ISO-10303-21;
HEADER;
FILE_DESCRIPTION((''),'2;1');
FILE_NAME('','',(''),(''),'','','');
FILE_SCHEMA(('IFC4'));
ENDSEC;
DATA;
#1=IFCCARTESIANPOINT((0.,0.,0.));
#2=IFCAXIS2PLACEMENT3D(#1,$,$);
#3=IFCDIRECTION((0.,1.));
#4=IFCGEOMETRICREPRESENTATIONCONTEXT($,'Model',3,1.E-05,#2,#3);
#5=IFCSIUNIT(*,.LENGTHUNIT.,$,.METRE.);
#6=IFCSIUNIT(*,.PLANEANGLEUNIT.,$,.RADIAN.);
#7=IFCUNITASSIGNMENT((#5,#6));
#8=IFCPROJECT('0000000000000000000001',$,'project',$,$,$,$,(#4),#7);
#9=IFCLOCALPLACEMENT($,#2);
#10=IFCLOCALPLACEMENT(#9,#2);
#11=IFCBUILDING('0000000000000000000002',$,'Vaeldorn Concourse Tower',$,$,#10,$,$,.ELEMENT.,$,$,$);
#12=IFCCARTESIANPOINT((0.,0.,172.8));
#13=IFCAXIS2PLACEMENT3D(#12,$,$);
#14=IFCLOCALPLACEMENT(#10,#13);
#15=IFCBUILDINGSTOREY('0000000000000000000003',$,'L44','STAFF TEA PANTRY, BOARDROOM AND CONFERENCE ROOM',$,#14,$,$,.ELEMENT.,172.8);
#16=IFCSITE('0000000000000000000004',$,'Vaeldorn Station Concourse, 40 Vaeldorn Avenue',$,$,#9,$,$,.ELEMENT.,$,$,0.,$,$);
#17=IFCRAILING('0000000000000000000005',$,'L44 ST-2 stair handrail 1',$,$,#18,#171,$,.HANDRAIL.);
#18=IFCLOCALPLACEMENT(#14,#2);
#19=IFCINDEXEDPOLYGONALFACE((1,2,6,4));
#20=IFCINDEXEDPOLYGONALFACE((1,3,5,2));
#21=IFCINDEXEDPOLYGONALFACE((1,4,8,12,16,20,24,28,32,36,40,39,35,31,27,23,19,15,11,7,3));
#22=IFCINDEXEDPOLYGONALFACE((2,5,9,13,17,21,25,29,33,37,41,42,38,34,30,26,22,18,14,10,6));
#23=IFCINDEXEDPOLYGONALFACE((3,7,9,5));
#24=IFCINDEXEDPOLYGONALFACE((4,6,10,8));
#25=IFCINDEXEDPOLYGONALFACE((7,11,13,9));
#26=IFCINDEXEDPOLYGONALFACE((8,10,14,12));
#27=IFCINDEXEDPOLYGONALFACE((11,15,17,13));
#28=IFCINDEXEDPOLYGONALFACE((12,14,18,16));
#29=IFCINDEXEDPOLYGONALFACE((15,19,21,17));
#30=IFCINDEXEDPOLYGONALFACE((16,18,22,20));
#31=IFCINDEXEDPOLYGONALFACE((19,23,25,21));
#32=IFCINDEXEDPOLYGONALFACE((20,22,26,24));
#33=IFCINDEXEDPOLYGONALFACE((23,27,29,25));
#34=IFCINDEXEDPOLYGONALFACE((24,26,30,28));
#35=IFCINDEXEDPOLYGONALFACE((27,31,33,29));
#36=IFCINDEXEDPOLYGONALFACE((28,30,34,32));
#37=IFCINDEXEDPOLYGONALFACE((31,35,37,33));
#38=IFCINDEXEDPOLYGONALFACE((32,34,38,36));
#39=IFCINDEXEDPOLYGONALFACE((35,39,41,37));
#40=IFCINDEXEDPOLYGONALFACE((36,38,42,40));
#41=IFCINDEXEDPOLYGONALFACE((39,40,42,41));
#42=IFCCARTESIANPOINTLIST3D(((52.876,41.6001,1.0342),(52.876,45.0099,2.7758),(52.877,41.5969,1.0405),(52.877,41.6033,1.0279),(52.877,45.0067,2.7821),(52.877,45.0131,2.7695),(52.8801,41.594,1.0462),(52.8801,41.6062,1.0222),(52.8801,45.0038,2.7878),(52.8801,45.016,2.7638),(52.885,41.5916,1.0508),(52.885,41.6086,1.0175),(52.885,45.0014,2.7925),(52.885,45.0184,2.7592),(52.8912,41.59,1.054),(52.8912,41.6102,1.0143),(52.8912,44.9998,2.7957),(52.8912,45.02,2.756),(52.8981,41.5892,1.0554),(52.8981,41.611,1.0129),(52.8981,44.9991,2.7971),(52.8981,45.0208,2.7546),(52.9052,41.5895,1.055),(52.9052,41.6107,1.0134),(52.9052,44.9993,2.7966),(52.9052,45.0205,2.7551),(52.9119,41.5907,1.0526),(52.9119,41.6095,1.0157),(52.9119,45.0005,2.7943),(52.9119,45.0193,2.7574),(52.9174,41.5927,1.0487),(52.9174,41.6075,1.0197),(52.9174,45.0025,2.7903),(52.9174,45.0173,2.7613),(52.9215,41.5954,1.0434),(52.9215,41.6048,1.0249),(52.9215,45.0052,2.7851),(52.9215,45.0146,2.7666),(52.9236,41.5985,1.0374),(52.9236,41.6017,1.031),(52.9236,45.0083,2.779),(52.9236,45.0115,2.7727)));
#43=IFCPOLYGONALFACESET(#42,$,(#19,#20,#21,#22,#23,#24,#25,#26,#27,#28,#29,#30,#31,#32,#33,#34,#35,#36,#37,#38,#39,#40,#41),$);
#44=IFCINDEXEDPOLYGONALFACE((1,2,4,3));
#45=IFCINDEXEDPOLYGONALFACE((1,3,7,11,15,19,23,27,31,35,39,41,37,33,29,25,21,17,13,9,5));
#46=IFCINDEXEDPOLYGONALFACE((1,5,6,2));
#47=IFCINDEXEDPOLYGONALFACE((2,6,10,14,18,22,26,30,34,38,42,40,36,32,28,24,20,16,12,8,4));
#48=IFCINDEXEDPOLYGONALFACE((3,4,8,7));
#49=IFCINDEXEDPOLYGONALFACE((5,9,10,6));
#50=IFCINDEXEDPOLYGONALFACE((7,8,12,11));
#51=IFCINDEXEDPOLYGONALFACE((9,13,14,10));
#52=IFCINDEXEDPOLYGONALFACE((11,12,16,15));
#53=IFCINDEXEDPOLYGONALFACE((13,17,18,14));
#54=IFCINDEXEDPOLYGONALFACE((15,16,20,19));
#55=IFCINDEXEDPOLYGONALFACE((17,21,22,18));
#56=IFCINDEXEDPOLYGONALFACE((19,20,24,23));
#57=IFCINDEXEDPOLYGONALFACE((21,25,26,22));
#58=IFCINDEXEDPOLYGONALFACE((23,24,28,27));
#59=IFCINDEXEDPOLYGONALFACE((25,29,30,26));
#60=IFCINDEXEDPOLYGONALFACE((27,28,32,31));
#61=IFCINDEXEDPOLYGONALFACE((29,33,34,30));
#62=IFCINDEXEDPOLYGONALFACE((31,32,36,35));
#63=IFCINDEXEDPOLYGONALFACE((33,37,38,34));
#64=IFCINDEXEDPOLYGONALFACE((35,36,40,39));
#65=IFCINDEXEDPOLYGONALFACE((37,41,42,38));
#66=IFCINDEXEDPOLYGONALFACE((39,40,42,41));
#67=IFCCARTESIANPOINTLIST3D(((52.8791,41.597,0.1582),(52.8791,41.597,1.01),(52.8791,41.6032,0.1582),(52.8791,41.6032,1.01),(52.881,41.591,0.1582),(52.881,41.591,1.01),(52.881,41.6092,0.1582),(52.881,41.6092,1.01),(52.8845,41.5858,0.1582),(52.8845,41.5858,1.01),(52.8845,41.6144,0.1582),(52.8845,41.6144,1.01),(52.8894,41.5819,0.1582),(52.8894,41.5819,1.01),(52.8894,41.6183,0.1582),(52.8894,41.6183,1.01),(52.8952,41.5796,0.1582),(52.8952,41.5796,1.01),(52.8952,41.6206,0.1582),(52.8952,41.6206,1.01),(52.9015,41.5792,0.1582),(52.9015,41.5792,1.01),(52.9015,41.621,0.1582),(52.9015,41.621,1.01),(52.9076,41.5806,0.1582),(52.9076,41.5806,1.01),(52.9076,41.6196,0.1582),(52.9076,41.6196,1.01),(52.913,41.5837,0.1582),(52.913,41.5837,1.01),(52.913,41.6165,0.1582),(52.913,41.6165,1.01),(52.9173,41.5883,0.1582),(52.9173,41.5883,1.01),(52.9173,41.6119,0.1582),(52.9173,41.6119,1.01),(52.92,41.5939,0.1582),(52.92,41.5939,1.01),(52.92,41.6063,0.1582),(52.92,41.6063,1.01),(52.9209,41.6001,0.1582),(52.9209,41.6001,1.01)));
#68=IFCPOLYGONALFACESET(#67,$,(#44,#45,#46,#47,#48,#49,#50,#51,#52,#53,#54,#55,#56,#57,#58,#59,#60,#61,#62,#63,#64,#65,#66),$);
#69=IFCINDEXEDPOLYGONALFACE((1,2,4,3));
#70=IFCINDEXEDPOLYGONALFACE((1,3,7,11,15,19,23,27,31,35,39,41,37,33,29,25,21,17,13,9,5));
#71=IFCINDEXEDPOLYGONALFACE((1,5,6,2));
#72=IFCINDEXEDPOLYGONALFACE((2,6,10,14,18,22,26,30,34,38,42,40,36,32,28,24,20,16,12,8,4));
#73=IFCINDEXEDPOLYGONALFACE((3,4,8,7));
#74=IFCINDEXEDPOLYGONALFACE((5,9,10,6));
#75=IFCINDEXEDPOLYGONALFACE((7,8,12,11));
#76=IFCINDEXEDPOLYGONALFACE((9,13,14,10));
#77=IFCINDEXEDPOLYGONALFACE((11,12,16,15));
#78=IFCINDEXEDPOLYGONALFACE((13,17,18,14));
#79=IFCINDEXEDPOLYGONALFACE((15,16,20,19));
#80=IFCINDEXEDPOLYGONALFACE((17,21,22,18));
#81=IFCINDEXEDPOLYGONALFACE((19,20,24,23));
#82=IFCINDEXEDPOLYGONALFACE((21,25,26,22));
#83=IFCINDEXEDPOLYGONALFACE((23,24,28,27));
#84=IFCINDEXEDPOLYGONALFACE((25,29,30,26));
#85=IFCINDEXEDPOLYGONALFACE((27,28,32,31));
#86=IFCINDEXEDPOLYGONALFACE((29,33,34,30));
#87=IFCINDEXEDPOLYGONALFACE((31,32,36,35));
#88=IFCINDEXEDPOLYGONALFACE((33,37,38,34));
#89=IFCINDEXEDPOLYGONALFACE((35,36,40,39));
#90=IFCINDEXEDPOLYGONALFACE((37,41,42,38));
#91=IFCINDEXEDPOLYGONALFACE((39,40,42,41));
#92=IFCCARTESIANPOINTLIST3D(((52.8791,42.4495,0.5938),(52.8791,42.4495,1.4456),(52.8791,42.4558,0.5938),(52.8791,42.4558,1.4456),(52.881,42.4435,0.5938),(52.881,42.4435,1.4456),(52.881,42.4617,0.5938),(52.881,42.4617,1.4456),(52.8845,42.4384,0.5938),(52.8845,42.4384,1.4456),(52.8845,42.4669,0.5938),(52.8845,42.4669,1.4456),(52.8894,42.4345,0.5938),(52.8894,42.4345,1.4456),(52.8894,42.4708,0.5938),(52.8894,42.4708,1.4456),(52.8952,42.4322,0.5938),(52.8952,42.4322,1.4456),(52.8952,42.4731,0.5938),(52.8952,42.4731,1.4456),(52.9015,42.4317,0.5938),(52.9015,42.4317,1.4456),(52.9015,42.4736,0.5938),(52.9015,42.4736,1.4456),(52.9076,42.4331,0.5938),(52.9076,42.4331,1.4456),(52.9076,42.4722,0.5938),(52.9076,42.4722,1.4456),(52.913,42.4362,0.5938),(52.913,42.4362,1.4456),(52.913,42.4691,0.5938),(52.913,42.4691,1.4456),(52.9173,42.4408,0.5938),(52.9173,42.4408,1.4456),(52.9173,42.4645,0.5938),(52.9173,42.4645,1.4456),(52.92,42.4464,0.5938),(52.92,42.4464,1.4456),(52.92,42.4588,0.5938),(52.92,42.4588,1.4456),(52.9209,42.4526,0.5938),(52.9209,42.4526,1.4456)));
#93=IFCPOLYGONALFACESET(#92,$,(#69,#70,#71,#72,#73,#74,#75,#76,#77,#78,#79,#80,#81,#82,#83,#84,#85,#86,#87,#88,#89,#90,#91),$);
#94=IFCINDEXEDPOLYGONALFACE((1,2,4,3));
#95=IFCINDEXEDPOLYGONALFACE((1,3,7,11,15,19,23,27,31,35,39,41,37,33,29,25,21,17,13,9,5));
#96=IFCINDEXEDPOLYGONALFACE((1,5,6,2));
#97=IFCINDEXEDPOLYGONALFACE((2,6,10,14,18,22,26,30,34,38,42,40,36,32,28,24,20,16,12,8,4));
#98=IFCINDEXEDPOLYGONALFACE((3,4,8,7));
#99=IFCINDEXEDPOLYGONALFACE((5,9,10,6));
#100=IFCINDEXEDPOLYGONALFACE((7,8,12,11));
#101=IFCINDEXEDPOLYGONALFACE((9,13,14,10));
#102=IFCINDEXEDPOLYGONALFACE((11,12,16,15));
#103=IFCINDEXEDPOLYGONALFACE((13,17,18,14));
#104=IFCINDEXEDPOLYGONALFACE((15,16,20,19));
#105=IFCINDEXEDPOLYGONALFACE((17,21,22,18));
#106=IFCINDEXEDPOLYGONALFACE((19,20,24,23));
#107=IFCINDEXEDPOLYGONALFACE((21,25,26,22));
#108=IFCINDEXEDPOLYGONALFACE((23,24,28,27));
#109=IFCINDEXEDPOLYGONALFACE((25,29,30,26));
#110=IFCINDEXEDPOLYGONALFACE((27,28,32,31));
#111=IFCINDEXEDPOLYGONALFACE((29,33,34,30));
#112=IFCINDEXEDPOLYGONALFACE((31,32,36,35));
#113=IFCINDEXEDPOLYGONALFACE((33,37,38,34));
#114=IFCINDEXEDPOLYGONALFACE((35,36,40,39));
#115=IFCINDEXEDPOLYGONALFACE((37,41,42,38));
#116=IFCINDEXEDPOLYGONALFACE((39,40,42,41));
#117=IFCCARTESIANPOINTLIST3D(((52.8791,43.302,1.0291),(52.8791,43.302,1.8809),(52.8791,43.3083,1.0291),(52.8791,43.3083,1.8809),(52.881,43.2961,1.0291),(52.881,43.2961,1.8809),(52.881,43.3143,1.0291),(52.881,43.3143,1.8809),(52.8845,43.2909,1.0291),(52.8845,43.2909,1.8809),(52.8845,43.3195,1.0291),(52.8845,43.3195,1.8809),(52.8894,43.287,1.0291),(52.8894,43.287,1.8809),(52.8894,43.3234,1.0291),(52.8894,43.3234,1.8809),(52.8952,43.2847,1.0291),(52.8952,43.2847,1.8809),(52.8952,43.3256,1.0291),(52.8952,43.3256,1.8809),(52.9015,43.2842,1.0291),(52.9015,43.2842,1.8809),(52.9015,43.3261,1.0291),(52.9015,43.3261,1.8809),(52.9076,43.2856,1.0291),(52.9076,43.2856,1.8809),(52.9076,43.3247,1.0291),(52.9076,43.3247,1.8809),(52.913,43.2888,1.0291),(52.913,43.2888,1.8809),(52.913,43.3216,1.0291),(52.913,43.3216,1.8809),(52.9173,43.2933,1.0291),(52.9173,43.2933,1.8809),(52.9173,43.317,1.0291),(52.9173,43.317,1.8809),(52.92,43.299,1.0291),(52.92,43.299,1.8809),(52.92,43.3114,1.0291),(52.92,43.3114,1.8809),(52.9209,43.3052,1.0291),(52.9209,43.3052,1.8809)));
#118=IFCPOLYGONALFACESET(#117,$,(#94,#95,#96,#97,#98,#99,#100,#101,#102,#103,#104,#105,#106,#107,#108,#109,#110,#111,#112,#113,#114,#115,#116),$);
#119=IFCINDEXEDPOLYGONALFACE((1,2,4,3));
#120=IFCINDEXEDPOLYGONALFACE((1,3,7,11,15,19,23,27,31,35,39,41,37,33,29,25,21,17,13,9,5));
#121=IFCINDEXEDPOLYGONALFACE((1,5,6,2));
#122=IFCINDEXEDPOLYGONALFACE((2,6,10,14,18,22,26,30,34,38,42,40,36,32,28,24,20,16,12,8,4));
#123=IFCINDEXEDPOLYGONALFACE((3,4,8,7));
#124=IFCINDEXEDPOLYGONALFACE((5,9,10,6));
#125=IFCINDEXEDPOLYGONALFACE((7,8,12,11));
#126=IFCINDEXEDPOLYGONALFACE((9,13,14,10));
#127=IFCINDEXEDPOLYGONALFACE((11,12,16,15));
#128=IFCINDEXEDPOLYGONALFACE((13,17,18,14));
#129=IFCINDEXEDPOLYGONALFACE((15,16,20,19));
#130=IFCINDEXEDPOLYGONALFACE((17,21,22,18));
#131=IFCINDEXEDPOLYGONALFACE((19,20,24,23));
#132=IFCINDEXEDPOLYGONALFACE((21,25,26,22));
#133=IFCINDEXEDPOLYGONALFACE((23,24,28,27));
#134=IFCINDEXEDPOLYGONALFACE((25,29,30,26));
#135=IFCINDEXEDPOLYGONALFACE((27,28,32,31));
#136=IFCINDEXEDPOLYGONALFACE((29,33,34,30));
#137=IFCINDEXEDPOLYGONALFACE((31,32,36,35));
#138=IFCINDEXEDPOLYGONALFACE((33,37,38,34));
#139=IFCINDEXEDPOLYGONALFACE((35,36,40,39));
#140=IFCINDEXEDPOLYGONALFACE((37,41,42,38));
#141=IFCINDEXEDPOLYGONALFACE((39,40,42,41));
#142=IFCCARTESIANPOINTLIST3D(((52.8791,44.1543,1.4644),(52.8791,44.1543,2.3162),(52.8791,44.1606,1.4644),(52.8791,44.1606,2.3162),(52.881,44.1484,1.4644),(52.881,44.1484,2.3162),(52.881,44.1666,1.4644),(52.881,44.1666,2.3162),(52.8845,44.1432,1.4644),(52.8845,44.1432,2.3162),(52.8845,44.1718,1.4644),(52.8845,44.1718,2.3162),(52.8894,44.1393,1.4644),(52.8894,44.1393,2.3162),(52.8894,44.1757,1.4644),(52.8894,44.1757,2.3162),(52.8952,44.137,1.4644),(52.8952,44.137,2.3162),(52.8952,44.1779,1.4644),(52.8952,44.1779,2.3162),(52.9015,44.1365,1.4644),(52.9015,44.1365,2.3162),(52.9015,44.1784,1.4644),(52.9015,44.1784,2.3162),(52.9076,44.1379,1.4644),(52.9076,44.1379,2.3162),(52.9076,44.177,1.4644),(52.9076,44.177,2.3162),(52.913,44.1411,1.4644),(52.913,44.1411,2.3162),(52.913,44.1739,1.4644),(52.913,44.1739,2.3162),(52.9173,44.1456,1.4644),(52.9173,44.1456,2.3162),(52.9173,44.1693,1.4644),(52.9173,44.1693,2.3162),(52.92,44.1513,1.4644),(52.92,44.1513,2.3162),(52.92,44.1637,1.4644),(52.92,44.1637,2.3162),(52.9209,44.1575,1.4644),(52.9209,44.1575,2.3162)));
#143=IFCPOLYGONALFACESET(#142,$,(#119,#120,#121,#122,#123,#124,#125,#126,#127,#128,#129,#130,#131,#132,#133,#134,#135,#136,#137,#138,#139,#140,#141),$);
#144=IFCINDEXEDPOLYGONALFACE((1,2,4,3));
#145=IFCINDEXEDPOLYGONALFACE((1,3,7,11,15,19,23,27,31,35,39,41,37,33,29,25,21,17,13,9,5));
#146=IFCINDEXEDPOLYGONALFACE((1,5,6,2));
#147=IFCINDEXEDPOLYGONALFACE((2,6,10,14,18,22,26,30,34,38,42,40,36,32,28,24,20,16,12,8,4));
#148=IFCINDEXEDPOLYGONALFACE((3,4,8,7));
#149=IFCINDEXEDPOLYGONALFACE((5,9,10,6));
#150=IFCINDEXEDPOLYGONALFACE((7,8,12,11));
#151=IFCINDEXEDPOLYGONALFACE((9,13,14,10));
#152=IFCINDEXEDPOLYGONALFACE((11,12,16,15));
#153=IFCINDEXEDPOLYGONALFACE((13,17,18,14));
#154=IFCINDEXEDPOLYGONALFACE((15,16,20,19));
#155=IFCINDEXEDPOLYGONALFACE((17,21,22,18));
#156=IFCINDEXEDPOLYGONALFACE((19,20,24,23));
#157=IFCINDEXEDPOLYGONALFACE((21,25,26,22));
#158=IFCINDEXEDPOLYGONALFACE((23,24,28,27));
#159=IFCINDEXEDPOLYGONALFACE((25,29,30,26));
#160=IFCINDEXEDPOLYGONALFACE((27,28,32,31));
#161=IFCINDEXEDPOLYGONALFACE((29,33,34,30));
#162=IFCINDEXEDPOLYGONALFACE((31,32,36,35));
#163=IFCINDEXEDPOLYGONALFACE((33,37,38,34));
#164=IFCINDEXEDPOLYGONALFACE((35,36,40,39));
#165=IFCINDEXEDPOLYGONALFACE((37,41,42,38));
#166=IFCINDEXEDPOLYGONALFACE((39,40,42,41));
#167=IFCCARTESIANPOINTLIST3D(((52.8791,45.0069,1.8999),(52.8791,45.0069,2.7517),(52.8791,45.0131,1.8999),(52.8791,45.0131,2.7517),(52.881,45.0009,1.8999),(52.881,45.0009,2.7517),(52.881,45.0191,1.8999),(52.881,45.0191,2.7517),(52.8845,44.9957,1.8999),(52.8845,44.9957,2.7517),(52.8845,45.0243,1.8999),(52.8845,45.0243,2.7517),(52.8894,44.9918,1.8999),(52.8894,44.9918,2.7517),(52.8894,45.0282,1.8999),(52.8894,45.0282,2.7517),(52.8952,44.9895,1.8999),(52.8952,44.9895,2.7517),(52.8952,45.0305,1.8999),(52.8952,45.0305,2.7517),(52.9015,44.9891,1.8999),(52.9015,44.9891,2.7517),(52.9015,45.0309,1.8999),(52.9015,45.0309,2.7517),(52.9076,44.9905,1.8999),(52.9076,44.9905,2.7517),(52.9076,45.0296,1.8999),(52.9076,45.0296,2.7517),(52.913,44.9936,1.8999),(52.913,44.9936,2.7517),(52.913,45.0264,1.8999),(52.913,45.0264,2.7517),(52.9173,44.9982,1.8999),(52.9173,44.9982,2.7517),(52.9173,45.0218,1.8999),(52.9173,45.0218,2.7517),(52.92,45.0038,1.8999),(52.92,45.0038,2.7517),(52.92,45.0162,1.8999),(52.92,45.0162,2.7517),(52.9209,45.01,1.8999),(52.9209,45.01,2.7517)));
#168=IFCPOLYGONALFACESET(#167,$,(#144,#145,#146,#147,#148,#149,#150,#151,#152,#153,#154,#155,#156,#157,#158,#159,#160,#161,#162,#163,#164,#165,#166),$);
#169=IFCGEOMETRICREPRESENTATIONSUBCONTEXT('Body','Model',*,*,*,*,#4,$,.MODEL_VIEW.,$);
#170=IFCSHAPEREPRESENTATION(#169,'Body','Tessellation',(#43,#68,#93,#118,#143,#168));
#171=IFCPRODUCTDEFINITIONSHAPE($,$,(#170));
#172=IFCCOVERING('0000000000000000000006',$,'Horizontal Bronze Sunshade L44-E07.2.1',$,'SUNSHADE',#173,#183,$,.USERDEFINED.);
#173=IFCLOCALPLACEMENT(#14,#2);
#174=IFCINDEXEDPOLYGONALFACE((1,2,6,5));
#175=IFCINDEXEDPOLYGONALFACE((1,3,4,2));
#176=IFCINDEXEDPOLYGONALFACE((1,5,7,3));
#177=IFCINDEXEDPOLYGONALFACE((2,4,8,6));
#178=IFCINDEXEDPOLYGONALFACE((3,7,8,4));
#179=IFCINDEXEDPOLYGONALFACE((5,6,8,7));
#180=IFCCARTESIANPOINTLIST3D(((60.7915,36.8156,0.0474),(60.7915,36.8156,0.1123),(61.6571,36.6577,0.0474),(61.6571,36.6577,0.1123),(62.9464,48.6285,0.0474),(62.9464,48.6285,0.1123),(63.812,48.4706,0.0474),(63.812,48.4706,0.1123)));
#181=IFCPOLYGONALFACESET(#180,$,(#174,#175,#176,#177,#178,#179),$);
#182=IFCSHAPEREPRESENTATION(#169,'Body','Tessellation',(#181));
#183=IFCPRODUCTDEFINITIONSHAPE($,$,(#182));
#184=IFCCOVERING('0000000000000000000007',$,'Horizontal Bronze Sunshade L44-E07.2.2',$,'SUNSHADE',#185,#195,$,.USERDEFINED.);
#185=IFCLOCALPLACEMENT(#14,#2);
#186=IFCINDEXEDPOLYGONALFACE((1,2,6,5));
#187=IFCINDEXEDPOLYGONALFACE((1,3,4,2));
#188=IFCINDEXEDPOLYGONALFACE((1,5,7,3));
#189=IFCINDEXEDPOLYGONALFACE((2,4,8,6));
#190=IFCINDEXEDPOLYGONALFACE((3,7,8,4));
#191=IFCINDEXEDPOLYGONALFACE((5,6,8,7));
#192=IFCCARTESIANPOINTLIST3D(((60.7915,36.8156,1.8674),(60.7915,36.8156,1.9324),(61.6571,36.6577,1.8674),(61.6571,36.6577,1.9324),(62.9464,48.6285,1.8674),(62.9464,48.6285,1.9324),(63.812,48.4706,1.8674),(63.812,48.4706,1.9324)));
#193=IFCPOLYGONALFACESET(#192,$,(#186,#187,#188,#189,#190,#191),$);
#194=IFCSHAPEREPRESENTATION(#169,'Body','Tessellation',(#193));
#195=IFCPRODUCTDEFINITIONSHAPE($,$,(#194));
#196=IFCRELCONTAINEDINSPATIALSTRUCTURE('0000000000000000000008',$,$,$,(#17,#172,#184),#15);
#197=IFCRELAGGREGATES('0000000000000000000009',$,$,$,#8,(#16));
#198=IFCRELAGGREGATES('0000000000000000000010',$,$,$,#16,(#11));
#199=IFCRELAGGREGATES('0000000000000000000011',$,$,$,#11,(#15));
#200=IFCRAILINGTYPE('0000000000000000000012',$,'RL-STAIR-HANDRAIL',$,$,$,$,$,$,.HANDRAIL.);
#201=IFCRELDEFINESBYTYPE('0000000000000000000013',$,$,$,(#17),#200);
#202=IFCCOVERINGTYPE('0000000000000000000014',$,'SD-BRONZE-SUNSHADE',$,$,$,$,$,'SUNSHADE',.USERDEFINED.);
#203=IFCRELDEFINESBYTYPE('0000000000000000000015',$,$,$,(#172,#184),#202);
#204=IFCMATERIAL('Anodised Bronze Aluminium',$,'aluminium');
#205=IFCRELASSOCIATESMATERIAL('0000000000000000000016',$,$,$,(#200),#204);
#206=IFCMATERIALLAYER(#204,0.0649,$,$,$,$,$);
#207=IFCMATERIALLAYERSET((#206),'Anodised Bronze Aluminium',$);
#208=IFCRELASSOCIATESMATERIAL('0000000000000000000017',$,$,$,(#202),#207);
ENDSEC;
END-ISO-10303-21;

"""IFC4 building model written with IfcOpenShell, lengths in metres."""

from ifc_helpers import new_model, si_unit, direction, frame, origin, origin_2d, place, context, subcontext, project, spatial, rectangle, circle, extrude, source, transform, mapped, material, layer, layer_set, type_object, element, save


model = new_model("IFC4")

# Units and contexts
model_context = context("Model", 3, precision=1e-05, world=origin(), true_north=direction((0.0, 1.0)))
body_context = subcontext(model_context, "Body", "Model", "MODEL_VIEW")
ifc_project = project(units=[si_unit("LENGTHUNIT", "METRE"), si_unit("PLANEANGLEUNIT", "RADIAN")], contexts=[model_context])

# Site, building, storey
site_placement = place(None, origin())
site = spatial("IfcSite", under=ifc_project, at=site_placement, Name="Vaeldorn Station Concourse, 40 Vaeldorn Avenue", CompositionType="ELEMENT", RefElevation=0.0)
building_placement = place(site_placement, origin())
building = spatial("IfcBuilding", under=site, at=building_placement, Name="Vaeldorn Concourse Tower", CompositionType="ELEMENT")
storey_placement = place(building_placement, frame((0.0, 0.0, 172.8)))
storey = spatial("IfcBuildingStorey", under=building, at=storey_placement, Name="L44", Description="STAFF TEA PANTRY, BOARDROOM AND CONFERENCE ROOM", CompositionType="ELEMENT", Elevation=172.8)

# Shared definitions
ifc_material_1 = material(Name="Anodised Bronze Aluminium", Category="aluminium")

# Railing
railing_type_1 = type_object("IfcRailingType", Name="RL-STAIR-HANDRAIL", PredefinedType="HANDRAIL", material=ifc_material_1)
railing_1_placement = place(storey_placement, frame((52.8999, 41.6001, 0.1582)))
element("IfcRailing", 1, at=railing_1_placement, inside=storey, type_object=railing_type_1, Name="L44 ST-2 stair handrail 1", PredefinedType="HANDRAIL", context=body_context, shape_type="SweptSolid", body=[
    extrude(circle(Radius=0.0239, at=origin_2d()), frame((0.0, 0.0, 0.876), z_axis=(0.0, 0.890556, 0.454874), x_axis=(-1.0, 0.0, 0.0)), (0.0, 0.0, 1.0), 3.8289),
    extrude(circle(Radius=0.021, at=origin_2d()), origin(), (0.0, 0.0, 1.0), 0.8518),
    extrude(circle(Radius=0.021, at=origin_2d()), frame((0.0, 0.8525, 0.4355)), (0.0, 0.0, 1.0), 0.8518),
    extrude(circle(Radius=0.021, at=origin_2d()), frame((0.0, 1.7051, 0.8708)), (0.0, 0.0, 1.0), 0.8518),
    extrude(circle(Radius=0.021, at=origin_2d()), frame((0.0, 2.5574, 1.3062)), (0.0, 0.0, 1.0), 0.8518),
    extrude(circle(Radius=0.021, at=origin_2d()), frame((0.0, 3.4099, 1.7417)), (0.0, 0.0, 1.0), 0.8518),
])

# Coverings
ifc_layer_1 = layer(ifc_material_1, 0.0649)
ifc_layer_set_1 = layer_set([ifc_layer_1], Name="Anodised Bronze Aluminium")
covering_type = type_object("IfcCoveringType", Name="SD-BRONZE-SUNSHADE", ElementType="SUNSHADE", PredefinedType="USERDEFINED", material=ifc_layer_set_1)
shared_shape_1 = source(origin(), body_context, "Body", "SweptSolid", [
    extrude(rectangle(XDim=12.0078, YDim=0.8799, at=origin_2d()), origin(), (0.0, 0.0, 1.0), 0.0649),
])
for number, where, z_axis, x_axis, name in (
    (2, (62.3018, 42.6431, 0.0474), (0.0, 0.0, 1.0), (0.179455, 0.983766, 0.0), "Horizontal Bronze Sunshade L44-E07.2.1"),
    (3, (62.3018, 42.6431, 1.8674), (0.0, 0.0, 1.0), (0.179455, 0.983766, 0.0), "Horizontal Bronze Sunshade L44-E07.2.2"),
):
    element("IfcCovering", number, at=place(storey_placement, frame(where, z_axis=z_axis, x_axis=x_axis)), inside=storey, type_object=covering_type, Name=name, ObjectType="SUNSHADE", PredefinedType="USERDEFINED", context=body_context, shape_type="MappedRepresentation", body=[
        mapped(shared_shape_1, transform((0.0, 0.0, 0.0), scale=1.0)),
    ])

save(model, "model.ifc")
